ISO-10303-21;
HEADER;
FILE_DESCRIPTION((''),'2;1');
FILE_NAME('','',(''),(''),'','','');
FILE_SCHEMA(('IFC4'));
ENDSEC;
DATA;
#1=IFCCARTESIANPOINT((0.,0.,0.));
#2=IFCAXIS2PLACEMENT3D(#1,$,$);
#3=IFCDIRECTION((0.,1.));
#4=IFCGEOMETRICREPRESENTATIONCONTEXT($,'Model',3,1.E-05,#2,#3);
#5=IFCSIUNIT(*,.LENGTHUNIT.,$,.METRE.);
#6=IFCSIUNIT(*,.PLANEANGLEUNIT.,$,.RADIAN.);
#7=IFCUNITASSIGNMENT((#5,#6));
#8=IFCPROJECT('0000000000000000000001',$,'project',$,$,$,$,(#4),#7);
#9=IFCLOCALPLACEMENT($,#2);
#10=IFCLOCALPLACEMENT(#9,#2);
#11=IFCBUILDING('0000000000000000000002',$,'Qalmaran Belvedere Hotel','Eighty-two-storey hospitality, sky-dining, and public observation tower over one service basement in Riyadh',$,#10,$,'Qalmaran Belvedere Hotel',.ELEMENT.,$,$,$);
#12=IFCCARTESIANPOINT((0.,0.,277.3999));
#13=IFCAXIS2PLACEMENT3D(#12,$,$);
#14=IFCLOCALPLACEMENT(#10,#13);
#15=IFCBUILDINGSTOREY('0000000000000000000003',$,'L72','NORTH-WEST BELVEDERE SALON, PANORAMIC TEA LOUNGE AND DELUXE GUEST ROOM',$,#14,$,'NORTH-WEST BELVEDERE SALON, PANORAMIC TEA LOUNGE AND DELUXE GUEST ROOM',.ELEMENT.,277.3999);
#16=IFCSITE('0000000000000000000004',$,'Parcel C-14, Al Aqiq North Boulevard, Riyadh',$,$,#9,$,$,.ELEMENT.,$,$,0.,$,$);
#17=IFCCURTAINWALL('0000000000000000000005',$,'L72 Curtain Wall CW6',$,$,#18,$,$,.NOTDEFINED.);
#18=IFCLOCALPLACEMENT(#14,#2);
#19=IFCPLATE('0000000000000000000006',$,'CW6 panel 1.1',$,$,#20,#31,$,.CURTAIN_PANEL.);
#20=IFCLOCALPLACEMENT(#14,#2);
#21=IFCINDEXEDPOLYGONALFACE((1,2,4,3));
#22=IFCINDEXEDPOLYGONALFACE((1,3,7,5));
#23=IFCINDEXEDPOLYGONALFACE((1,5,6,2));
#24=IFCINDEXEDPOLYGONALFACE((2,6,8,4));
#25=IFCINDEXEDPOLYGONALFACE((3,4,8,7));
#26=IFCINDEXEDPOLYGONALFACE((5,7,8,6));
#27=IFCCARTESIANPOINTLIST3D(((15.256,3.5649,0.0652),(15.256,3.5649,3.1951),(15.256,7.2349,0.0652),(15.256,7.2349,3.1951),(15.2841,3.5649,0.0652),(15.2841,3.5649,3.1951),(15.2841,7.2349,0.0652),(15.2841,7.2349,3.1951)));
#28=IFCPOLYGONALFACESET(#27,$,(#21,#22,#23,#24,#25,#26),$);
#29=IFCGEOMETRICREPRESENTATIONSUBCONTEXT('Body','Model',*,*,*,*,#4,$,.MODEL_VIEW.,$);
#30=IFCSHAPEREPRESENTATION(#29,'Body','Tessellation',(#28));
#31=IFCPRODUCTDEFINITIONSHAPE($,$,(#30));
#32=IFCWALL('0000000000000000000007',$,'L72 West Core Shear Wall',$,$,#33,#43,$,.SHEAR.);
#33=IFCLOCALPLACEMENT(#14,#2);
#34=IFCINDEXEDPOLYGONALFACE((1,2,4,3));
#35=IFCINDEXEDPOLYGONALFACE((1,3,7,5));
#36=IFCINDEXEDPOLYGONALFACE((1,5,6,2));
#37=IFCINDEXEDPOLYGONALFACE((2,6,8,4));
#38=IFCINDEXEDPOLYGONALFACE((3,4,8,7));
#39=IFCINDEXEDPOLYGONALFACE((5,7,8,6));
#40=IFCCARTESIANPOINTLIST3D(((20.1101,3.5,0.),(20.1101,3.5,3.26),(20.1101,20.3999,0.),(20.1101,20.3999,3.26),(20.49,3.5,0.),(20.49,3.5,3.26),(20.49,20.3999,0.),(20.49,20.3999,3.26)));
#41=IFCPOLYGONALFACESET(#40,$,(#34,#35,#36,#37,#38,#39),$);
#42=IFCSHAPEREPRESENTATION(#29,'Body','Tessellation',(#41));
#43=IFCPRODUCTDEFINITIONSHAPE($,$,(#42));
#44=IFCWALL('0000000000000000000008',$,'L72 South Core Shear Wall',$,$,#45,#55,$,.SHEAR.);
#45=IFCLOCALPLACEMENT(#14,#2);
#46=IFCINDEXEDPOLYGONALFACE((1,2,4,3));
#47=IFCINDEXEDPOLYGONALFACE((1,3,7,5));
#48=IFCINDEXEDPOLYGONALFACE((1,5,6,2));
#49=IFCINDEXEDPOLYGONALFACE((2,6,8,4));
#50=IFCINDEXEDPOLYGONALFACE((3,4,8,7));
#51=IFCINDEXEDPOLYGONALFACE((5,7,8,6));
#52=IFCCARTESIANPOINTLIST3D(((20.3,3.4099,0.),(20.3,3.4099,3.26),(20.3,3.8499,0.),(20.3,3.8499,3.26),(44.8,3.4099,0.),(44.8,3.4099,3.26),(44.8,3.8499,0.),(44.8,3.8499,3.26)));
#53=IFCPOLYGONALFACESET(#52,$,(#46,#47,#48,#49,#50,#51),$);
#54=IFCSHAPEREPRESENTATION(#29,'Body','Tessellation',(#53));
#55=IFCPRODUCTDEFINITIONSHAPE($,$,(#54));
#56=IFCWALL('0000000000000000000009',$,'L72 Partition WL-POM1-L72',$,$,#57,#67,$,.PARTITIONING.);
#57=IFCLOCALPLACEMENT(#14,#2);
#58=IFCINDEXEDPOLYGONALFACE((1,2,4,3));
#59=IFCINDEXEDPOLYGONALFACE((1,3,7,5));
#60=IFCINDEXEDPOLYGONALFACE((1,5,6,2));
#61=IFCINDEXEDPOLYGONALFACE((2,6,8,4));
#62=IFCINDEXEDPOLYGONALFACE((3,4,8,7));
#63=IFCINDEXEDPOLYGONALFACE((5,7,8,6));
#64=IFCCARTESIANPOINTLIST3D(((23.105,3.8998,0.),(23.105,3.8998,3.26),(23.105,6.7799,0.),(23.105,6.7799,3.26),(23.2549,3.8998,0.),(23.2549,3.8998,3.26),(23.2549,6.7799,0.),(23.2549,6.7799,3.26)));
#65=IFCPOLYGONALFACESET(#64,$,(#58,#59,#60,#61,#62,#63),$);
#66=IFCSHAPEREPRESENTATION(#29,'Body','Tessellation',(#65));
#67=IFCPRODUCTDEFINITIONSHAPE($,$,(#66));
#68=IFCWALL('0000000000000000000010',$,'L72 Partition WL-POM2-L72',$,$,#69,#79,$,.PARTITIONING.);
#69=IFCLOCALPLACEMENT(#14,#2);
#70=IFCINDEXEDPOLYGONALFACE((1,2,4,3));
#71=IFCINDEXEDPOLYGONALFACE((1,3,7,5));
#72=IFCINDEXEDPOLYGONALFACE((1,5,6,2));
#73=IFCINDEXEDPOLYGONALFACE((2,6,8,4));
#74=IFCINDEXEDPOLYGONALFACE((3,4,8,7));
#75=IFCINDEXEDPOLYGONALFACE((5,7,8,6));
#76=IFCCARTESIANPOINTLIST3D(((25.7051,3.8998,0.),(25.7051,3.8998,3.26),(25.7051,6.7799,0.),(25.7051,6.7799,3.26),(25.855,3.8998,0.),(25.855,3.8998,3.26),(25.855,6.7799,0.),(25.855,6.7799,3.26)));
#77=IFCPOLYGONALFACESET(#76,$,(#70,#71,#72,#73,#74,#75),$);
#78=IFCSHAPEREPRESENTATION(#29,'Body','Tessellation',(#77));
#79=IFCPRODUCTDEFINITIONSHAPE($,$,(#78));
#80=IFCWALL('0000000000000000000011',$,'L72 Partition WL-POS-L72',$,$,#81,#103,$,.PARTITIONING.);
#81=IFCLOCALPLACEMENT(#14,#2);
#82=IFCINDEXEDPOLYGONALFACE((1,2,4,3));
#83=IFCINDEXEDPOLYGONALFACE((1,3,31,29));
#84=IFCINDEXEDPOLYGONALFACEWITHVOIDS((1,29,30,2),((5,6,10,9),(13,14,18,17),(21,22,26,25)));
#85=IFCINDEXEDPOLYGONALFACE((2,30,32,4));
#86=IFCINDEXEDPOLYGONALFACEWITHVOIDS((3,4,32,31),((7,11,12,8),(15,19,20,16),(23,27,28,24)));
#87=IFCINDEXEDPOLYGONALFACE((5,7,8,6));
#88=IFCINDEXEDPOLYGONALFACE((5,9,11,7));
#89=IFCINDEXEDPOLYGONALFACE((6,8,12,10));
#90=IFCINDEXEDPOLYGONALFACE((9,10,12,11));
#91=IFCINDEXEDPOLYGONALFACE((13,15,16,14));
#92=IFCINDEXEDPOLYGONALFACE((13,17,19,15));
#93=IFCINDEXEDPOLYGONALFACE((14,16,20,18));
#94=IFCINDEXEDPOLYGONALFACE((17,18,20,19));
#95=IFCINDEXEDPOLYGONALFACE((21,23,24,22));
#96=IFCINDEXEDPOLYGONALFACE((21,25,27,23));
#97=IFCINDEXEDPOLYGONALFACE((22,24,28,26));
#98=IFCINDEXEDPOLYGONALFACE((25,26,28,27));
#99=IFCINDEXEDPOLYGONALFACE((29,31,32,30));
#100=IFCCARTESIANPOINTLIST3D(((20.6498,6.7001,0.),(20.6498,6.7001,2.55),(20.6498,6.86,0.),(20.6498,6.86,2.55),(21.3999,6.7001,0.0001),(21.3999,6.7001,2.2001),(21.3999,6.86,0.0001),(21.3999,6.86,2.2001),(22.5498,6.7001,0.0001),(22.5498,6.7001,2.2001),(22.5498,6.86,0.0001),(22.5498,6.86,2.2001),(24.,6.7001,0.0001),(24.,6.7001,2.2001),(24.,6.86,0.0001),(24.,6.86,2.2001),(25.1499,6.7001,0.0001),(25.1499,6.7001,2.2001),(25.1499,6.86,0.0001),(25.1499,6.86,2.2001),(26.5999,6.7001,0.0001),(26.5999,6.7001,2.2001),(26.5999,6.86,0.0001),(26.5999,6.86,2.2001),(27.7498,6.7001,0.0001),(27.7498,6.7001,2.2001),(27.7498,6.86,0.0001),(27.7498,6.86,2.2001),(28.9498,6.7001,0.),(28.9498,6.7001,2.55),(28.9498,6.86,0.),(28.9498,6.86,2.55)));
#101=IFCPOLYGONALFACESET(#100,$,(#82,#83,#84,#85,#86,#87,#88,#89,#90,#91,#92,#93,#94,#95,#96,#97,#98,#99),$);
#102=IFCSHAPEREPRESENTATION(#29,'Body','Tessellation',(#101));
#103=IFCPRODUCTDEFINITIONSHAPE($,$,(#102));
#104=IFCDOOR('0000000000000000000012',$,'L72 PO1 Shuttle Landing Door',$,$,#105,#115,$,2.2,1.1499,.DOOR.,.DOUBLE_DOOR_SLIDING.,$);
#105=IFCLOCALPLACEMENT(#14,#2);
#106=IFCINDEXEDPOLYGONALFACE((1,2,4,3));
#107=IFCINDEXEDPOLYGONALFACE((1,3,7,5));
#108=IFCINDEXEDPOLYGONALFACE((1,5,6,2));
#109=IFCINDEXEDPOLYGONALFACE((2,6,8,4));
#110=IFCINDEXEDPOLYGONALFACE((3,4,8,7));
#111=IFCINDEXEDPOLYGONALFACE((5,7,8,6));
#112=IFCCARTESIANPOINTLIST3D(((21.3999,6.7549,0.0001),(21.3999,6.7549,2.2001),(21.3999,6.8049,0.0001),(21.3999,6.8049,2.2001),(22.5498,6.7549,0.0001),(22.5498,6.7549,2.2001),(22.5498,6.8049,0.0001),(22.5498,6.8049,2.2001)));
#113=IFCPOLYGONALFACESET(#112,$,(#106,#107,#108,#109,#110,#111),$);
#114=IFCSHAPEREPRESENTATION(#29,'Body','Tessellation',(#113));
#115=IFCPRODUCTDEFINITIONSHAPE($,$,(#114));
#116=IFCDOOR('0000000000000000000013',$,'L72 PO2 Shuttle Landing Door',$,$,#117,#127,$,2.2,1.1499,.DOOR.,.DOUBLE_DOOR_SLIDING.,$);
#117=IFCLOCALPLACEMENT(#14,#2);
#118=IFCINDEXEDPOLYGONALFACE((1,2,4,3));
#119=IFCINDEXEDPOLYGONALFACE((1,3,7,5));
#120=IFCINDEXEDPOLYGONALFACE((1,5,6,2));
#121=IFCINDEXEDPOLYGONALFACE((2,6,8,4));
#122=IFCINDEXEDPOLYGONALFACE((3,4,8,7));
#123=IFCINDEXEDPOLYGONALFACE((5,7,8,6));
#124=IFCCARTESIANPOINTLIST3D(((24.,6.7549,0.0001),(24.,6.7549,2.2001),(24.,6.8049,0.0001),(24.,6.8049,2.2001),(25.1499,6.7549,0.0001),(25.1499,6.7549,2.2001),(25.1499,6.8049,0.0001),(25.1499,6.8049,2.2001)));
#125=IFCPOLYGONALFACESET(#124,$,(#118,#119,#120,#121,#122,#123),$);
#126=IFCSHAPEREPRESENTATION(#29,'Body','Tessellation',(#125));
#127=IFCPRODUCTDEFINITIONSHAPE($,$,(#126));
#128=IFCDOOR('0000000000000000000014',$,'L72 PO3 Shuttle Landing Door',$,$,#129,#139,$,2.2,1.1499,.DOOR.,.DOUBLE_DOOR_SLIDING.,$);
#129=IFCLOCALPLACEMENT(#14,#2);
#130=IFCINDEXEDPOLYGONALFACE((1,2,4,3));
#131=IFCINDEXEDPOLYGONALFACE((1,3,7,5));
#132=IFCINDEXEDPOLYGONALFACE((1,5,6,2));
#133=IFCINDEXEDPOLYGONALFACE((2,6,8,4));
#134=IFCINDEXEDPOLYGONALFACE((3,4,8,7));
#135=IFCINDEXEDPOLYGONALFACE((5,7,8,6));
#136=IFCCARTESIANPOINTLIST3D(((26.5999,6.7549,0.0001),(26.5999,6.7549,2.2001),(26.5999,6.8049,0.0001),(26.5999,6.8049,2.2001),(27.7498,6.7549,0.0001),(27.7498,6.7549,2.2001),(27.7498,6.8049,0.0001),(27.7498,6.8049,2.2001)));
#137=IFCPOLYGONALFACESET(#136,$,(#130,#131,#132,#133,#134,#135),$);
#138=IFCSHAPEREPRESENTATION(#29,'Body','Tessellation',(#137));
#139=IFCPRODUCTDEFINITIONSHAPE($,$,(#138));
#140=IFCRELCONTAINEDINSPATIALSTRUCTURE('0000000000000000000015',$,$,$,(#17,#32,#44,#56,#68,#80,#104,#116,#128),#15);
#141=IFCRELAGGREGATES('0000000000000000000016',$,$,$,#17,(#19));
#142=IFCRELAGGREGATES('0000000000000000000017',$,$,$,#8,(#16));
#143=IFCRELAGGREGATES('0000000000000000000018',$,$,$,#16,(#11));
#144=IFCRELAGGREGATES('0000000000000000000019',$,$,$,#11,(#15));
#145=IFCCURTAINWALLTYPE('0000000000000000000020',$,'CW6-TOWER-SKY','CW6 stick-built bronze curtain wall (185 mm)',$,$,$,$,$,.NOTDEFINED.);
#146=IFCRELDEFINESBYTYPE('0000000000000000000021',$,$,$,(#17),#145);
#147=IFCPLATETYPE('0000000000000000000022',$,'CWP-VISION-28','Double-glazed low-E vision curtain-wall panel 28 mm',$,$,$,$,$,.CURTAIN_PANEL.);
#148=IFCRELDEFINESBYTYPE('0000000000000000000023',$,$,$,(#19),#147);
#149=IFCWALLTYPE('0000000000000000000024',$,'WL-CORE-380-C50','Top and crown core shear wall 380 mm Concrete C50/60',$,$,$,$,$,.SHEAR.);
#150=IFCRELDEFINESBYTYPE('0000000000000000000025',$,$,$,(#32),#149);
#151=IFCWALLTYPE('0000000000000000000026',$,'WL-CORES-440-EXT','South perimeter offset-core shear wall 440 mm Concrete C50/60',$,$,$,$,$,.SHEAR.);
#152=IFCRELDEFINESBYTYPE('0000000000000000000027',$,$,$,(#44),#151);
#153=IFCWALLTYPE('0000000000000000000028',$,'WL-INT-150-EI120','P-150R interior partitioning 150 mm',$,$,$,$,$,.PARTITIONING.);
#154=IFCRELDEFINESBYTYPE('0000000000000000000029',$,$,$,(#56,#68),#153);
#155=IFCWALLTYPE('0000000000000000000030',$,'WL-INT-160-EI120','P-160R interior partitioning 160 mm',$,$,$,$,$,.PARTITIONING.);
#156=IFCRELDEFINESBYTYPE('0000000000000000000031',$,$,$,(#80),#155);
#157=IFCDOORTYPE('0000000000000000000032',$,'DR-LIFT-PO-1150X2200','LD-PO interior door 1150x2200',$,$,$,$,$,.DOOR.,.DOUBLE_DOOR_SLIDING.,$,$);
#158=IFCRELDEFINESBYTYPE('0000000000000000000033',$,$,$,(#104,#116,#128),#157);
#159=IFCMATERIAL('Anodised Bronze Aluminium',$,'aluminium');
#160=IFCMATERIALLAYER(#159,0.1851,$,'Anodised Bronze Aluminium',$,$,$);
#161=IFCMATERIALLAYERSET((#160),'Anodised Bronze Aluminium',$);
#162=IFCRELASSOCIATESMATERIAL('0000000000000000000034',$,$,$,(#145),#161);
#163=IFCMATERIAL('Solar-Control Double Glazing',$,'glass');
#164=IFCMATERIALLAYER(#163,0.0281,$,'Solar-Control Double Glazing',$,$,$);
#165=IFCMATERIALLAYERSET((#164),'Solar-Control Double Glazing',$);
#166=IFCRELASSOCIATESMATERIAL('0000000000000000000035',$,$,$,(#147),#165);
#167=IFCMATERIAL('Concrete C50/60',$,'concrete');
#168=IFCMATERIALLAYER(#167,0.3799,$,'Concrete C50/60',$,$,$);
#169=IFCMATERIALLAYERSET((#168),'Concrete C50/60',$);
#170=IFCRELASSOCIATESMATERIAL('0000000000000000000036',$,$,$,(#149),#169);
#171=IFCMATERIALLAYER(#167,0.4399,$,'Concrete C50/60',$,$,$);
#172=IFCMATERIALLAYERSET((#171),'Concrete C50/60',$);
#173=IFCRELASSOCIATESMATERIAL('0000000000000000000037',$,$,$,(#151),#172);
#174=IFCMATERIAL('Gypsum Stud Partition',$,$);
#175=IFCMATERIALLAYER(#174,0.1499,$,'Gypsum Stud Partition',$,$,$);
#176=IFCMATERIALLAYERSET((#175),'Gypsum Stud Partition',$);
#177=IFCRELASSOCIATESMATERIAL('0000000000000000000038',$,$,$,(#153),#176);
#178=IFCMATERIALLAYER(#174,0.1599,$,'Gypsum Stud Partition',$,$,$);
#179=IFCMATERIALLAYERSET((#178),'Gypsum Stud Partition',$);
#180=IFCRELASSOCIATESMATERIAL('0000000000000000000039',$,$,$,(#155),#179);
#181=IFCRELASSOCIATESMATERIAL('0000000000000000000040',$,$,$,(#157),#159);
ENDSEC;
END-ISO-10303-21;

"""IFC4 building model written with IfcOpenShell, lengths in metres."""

from ifc_helpers import new_model, si_unit, direction, frame, frame_2d, origin, origin_2d, place, context, subcontext, project, spatial, rectangle, extrude, material, layer, layer_set, type_object, element, fill, aggregate, save


model = new_model("IFC4")

# Units and contexts
model_context = context("Model", 3, precision=1e-05, world=origin(), true_north=direction((0.0, 1.0)))
body_context = subcontext(model_context, "Body", "Model", "MODEL_VIEW")
ifc_project = project(units=[si_unit("LENGTHUNIT", "METRE"), si_unit("PLANEANGLEUNIT", "RADIAN")], contexts=[model_context])

# Site, building, storey
site_placement = place(None, origin())
site = spatial("IfcSite", under=ifc_project, at=site_placement, Name="Parcel C-14, Al Aqiq North Boulevard, Riyadh", CompositionType="ELEMENT", RefElevation=0.0)
building_placement = place(site_placement, origin())
building = spatial("IfcBuilding", under=site, at=building_placement, Name="Qalmaran Belvedere Hotel", Description="Eighty-two-storey hospitality, sky-dining, and public observation tower over one service basement in Riyadh", LongName="Qalmaran Belvedere Hotel", CompositionType="ELEMENT")
storey_placement = place(building_placement, frame((0.0, 0.0, 277.3999)))
storey = spatial("IfcBuildingStorey", under=building, at=storey_placement, Name="L72", Description="NORTH-WEST BELVEDERE SALON, PANORAMIC TEA LOUNGE AND DELUXE GUEST ROOM", LongName="NORTH-WEST BELVEDERE SALON, PANORAMIC TEA LOUNGE AND DELUXE GUEST ROOM", CompositionType="ELEMENT", Elevation=277.3999)

# Shared definitions
ifc_material_1 = material(Name="Concrete C50/60", Category="concrete")

# Shared definitions
ifc_material_2 = material(Name="Anodised Bronze Aluminium", Category="aluminium")
ifc_layer_1 = layer(ifc_material_2, 0.1851, Name="Anodised Bronze Aluminium")
ifc_layer_set_1 = layer_set([ifc_layer_1], Name="Anodised Bronze Aluminium")
curtain_wall_type = type_object("IfcCurtainWallType", Name="CW6-TOWER-SKY", Description="CW6 stick-built bronze curtain wall (185 mm)", PredefinedType="NOTDEFINED", material=ifc_layer_set_1)

# Curtain wall
curtain_wall_1_placement = place(storey_placement, origin())
curtain_wall_1 = element("IfcCurtainWall", 1, at=curtain_wall_1_placement, inside=storey, type_object=curtain_wall_type, Name="L72 Curtain Wall CW6", PredefinedType="NOTDEFINED")

# Plate
ifc_material_3 = material(Name="Solar-Control Double Glazing", Category="glass")
ifc_layer_2 = layer(ifc_material_3, 0.0281, Name="Solar-Control Double Glazing")
ifc_layer_set_2 = layer_set([ifc_layer_2], Name="Solar-Control Double Glazing")
plate_type = type_object("IfcPlateType", Name="CWP-VISION-28", Description="Double-glazed low-E vision curtain-wall panel 28 mm", PredefinedType="CURTAIN_PANEL", material=ifc_layer_set_2)
plate_1_placement = place(storey_placement, frame((15.27, 5.3999, 0.0652), z_axis=(0.0, 0.0, 1.0), x_axis=(0.0, -1.0, 0.0)))
plate_1 = element("IfcPlate", 2, at=plate_1_placement, type_object=plate_type, Name="CW6 panel 1.1", PredefinedType="CURTAIN_PANEL", context=body_context, shape_type="SweptSolid", body=[
    extrude(rectangle(XDim=3.6699, YDim=0.0281, at=origin_2d()), origin(), (0.0, 0.0, 1.0), 3.1299),
])
aggregate(curtain_wall_1, [plate_1])

# Walls
ifc_layer_3 = layer(ifc_material_1, 0.3799, Name="Concrete C50/60")
ifc_layer_set_3 = layer_set([ifc_layer_3], Name="Concrete C50/60")
wall_type_1 = type_object("IfcWallType", Name="WL-CORE-380-C50", Description="Top and crown core shear wall 380 mm Concrete C50/60", PredefinedType="SHEAR", material=ifc_layer_set_3)
wall_1_placement = place(storey_placement, frame((20.3, 3.5, 0.0), z_axis=(0.0, 0.0, 1.0), x_axis=(0.0, 1.0, 0.0)))
element("IfcWall", 3, at=wall_1_placement, inside=storey, type_object=wall_type_1, Name="L72 West Core Shear Wall", PredefinedType="SHEAR", context=body_context, shape_type="SweptSolid", body=[
    extrude(rectangle(XDim=16.8999, YDim=0.3799, at=frame_2d((8.45, 0.0))), origin(), (0.0, 0.0, 1.0), 3.26),
])
ifc_layer_4 = layer(ifc_material_1, 0.4399, Name="Concrete C50/60")
ifc_layer_set_4 = layer_set([ifc_layer_4], Name="Concrete C50/60")
wall_type_2 = type_object("IfcWallType", Name="WL-CORES-440-EXT", Description="South perimeter offset-core shear wall 440 mm Concrete C50/60", PredefinedType="SHEAR", material=ifc_layer_set_4)
wall_2_placement = place(storey_placement, frame((20.3, 3.6299, 0.0), z_axis=(0.0, 0.0, 1.0), x_axis=(1.0, 0.0, 0.0)))
element("IfcWall", 4, at=wall_2_placement, inside=storey, type_object=wall_type_2, Name="L72 South Core Shear Wall", PredefinedType="SHEAR", context=body_context, shape_type="SweptSolid", body=[
    extrude(rectangle(XDim=24.5, YDim=0.4399, at=frame_2d((12.25, 0.0))), origin(), (0.0, 0.0, 1.0), 3.26),
])
ifc_material_4 = material(Name="Gypsum Stud Partition")
ifc_layer_5 = layer(ifc_material_4, 0.1499, Name="Gypsum Stud Partition")
ifc_layer_set_5 = layer_set([ifc_layer_5], Name="Gypsum Stud Partition")
wall_type_3 = type_object("IfcWallType", Name="WL-INT-150-EI120", Description="P-150R interior partitioning 150 mm", PredefinedType="PARTITIONING", material=ifc_layer_set_5)
for number, where, z_axis, x_axis, name in (
    (5, (23.1799, 3.8999, 0.0), (0.0, 0.0, 1.0), (0.0, 1.0, 0.0), "L72 Partition WL-POM1-L72"),
    (6, (25.78, 3.8999, 0.0), (0.0, 0.0, 1.0), (0.0, 1.0, 0.0), "L72 Partition WL-POM2-L72"),
):
    element("IfcWall", number, at=place(storey_placement, frame(where, z_axis=z_axis, x_axis=x_axis)), inside=storey, type_object=wall_type_3, Name=name, PredefinedType="PARTITIONING", context=body_context, shape_type="SweptSolid", body=[
        extrude(rectangle(XDim=2.8801, YDim=0.1499, at=frame_2d((1.4399, 0.0))), origin(), (0.0, 0.0, 1.0), 3.26),
    ])

# Wall, openings, doors
ifc_layer_6 = layer(ifc_material_4, 0.1599, Name="Gypsum Stud Partition")
ifc_layer_set_6 = layer_set([ifc_layer_6], Name="Gypsum Stud Partition")
wall_type_4 = type_object("IfcWallType", Name="WL-INT-160-EI120", Description="P-160R interior partitioning 160 mm", PredefinedType="PARTITIONING", material=ifc_layer_set_6)
wall_3_placement = place(storey_placement, frame((20.6499, 6.78, 0.0), z_axis=(0.0, 0.0, 1.0), x_axis=(1.0, 0.0, 0.0)))
wall_3 = element("IfcWall", 7, at=wall_3_placement, inside=storey, type_object=wall_type_4, Name="L72 Partition WL-POS-L72", PredefinedType="PARTITIONING", context=body_context, shape_type="SweptSolid", body=[
    extrude(rectangle(XDim=8.3, YDim=0.1599, at=frame_2d((4.1499, 0.0))), origin(), (0.0, 0.0, 1.0), 2.55),
])
opening_1_placement = place(wall_3_placement, frame((0.75, 0.0, 0.0)))
opening_1 = element("IfcOpeningElement", 8, at=opening_1_placement, cuts=wall_3, PredefinedType="OPENING", context=body_context, shape_type="SweptSolid", body=[
    extrude(rectangle(XDim=1.1499, YDim=2.2, at=frame_2d((0.575, 1.1001))), frame((0.0, 0.0898, 0.0), z_axis=(0.0, -1.0, 0.0), x_axis=(1.0, 0.0, 0.0)), (0.0, 0.0, 1.0), 0.1799),
])
opening_2_placement = place(wall_3_placement, frame((3.3501, 0.0, 0.0)))
opening_2 = element("IfcOpeningElement", 9, at=opening_2_placement, cuts=wall_3, PredefinedType="OPENING", context=body_context, shape_type="SweptSolid", body=[
    extrude(rectangle(XDim=1.1499, YDim=2.2, at=frame_2d((0.575, 1.1001))), frame((0.0, 0.0898, 0.0), z_axis=(0.0, -1.0, 0.0), x_axis=(1.0, 0.0, 0.0)), (0.0, 0.0, 1.0), 0.1799),
])
opening_3_placement = place(wall_3_placement, frame((5.95, 0.0, 0.0)))
opening_3 = element("IfcOpeningElement", 10, at=opening_3_placement, cuts=wall_3, PredefinedType="OPENING", context=body_context, shape_type="SweptSolid", body=[
    extrude(rectangle(XDim=1.1499, YDim=2.2, at=frame_2d((0.575, 1.1001))), frame((0.0, 0.0898, 0.0), z_axis=(0.0, -1.0, 0.0), x_axis=(1.0, 0.0, 0.0)), (0.0, 0.0, 1.0), 0.1799),
])
door_type = type_object("IfcDoorType", Name="DR-LIFT-PO-1150X2200", Description="LD-PO interior door 1150x2200", OperationType="DOUBLE_DOOR_SLIDING", PredefinedType="DOOR", material=ifc_material_2)
door_1_placement = place(opening_1_placement, origin())
door_1 = element("IfcDoor", 11, at=door_1_placement, inside=storey, type_object=door_type, Name="L72 PO1 Shuttle Landing Door", OperationType="DOUBLE_DOOR_SLIDING", OverallHeight=2.2, OverallWidth=1.1499, PredefinedType="DOOR", context=body_context, shape_type="SweptSolid", body=[
    extrude(rectangle(XDim=1.1499, YDim=2.2, at=frame_2d((0.575, 1.1001))), frame((0.0, 0.0249, 0.0), z_axis=(0.0, -1.0, 0.0), x_axis=(1.0, 0.0, 0.0)), (0.0, 0.0, 1.0), 0.05),
])
fill(opening_1, door_1)
door_2_placement = place(opening_2_placement, origin())
door_2 = element("IfcDoor", 12, at=door_2_placement, inside=storey, type_object=door_type, Name="L72 PO2 Shuttle Landing Door", OperationType="DOUBLE_DOOR_SLIDING", OverallHeight=2.2, OverallWidth=1.1499, PredefinedType="DOOR", context=body_context, shape_type="SweptSolid", body=[
    extrude(rectangle(XDim=1.1499, YDim=2.2, at=frame_2d((0.575, 1.1001))), frame((0.0, 0.0249, 0.0), z_axis=(0.0, -1.0, 0.0), x_axis=(1.0, 0.0, 0.0)), (0.0, 0.0, 1.0), 0.05),
])
fill(opening_2, door_2)
door_3_placement = place(opening_3_placement, origin())
door_3 = element("IfcDoor", 13, at=door_3_placement, inside=storey, type_object=door_type, Name="L72 PO3 Shuttle Landing Door", OperationType="DOUBLE_DOOR_SLIDING", OverallHeight=2.2, OverallWidth=1.1499, PredefinedType="DOOR", context=body_context, shape_type="SweptSolid", body=[
    extrude(rectangle(XDim=1.1499, YDim=2.2, at=frame_2d((0.575, 1.1001))), frame((0.0, 0.0249, 0.0), z_axis=(0.0, -1.0, 0.0), x_axis=(1.0, 0.0, 0.0)), (0.0, 0.0, 1.0), 0.05),
])
fill(opening_3, door_3)

save(model, "model.ifc")
